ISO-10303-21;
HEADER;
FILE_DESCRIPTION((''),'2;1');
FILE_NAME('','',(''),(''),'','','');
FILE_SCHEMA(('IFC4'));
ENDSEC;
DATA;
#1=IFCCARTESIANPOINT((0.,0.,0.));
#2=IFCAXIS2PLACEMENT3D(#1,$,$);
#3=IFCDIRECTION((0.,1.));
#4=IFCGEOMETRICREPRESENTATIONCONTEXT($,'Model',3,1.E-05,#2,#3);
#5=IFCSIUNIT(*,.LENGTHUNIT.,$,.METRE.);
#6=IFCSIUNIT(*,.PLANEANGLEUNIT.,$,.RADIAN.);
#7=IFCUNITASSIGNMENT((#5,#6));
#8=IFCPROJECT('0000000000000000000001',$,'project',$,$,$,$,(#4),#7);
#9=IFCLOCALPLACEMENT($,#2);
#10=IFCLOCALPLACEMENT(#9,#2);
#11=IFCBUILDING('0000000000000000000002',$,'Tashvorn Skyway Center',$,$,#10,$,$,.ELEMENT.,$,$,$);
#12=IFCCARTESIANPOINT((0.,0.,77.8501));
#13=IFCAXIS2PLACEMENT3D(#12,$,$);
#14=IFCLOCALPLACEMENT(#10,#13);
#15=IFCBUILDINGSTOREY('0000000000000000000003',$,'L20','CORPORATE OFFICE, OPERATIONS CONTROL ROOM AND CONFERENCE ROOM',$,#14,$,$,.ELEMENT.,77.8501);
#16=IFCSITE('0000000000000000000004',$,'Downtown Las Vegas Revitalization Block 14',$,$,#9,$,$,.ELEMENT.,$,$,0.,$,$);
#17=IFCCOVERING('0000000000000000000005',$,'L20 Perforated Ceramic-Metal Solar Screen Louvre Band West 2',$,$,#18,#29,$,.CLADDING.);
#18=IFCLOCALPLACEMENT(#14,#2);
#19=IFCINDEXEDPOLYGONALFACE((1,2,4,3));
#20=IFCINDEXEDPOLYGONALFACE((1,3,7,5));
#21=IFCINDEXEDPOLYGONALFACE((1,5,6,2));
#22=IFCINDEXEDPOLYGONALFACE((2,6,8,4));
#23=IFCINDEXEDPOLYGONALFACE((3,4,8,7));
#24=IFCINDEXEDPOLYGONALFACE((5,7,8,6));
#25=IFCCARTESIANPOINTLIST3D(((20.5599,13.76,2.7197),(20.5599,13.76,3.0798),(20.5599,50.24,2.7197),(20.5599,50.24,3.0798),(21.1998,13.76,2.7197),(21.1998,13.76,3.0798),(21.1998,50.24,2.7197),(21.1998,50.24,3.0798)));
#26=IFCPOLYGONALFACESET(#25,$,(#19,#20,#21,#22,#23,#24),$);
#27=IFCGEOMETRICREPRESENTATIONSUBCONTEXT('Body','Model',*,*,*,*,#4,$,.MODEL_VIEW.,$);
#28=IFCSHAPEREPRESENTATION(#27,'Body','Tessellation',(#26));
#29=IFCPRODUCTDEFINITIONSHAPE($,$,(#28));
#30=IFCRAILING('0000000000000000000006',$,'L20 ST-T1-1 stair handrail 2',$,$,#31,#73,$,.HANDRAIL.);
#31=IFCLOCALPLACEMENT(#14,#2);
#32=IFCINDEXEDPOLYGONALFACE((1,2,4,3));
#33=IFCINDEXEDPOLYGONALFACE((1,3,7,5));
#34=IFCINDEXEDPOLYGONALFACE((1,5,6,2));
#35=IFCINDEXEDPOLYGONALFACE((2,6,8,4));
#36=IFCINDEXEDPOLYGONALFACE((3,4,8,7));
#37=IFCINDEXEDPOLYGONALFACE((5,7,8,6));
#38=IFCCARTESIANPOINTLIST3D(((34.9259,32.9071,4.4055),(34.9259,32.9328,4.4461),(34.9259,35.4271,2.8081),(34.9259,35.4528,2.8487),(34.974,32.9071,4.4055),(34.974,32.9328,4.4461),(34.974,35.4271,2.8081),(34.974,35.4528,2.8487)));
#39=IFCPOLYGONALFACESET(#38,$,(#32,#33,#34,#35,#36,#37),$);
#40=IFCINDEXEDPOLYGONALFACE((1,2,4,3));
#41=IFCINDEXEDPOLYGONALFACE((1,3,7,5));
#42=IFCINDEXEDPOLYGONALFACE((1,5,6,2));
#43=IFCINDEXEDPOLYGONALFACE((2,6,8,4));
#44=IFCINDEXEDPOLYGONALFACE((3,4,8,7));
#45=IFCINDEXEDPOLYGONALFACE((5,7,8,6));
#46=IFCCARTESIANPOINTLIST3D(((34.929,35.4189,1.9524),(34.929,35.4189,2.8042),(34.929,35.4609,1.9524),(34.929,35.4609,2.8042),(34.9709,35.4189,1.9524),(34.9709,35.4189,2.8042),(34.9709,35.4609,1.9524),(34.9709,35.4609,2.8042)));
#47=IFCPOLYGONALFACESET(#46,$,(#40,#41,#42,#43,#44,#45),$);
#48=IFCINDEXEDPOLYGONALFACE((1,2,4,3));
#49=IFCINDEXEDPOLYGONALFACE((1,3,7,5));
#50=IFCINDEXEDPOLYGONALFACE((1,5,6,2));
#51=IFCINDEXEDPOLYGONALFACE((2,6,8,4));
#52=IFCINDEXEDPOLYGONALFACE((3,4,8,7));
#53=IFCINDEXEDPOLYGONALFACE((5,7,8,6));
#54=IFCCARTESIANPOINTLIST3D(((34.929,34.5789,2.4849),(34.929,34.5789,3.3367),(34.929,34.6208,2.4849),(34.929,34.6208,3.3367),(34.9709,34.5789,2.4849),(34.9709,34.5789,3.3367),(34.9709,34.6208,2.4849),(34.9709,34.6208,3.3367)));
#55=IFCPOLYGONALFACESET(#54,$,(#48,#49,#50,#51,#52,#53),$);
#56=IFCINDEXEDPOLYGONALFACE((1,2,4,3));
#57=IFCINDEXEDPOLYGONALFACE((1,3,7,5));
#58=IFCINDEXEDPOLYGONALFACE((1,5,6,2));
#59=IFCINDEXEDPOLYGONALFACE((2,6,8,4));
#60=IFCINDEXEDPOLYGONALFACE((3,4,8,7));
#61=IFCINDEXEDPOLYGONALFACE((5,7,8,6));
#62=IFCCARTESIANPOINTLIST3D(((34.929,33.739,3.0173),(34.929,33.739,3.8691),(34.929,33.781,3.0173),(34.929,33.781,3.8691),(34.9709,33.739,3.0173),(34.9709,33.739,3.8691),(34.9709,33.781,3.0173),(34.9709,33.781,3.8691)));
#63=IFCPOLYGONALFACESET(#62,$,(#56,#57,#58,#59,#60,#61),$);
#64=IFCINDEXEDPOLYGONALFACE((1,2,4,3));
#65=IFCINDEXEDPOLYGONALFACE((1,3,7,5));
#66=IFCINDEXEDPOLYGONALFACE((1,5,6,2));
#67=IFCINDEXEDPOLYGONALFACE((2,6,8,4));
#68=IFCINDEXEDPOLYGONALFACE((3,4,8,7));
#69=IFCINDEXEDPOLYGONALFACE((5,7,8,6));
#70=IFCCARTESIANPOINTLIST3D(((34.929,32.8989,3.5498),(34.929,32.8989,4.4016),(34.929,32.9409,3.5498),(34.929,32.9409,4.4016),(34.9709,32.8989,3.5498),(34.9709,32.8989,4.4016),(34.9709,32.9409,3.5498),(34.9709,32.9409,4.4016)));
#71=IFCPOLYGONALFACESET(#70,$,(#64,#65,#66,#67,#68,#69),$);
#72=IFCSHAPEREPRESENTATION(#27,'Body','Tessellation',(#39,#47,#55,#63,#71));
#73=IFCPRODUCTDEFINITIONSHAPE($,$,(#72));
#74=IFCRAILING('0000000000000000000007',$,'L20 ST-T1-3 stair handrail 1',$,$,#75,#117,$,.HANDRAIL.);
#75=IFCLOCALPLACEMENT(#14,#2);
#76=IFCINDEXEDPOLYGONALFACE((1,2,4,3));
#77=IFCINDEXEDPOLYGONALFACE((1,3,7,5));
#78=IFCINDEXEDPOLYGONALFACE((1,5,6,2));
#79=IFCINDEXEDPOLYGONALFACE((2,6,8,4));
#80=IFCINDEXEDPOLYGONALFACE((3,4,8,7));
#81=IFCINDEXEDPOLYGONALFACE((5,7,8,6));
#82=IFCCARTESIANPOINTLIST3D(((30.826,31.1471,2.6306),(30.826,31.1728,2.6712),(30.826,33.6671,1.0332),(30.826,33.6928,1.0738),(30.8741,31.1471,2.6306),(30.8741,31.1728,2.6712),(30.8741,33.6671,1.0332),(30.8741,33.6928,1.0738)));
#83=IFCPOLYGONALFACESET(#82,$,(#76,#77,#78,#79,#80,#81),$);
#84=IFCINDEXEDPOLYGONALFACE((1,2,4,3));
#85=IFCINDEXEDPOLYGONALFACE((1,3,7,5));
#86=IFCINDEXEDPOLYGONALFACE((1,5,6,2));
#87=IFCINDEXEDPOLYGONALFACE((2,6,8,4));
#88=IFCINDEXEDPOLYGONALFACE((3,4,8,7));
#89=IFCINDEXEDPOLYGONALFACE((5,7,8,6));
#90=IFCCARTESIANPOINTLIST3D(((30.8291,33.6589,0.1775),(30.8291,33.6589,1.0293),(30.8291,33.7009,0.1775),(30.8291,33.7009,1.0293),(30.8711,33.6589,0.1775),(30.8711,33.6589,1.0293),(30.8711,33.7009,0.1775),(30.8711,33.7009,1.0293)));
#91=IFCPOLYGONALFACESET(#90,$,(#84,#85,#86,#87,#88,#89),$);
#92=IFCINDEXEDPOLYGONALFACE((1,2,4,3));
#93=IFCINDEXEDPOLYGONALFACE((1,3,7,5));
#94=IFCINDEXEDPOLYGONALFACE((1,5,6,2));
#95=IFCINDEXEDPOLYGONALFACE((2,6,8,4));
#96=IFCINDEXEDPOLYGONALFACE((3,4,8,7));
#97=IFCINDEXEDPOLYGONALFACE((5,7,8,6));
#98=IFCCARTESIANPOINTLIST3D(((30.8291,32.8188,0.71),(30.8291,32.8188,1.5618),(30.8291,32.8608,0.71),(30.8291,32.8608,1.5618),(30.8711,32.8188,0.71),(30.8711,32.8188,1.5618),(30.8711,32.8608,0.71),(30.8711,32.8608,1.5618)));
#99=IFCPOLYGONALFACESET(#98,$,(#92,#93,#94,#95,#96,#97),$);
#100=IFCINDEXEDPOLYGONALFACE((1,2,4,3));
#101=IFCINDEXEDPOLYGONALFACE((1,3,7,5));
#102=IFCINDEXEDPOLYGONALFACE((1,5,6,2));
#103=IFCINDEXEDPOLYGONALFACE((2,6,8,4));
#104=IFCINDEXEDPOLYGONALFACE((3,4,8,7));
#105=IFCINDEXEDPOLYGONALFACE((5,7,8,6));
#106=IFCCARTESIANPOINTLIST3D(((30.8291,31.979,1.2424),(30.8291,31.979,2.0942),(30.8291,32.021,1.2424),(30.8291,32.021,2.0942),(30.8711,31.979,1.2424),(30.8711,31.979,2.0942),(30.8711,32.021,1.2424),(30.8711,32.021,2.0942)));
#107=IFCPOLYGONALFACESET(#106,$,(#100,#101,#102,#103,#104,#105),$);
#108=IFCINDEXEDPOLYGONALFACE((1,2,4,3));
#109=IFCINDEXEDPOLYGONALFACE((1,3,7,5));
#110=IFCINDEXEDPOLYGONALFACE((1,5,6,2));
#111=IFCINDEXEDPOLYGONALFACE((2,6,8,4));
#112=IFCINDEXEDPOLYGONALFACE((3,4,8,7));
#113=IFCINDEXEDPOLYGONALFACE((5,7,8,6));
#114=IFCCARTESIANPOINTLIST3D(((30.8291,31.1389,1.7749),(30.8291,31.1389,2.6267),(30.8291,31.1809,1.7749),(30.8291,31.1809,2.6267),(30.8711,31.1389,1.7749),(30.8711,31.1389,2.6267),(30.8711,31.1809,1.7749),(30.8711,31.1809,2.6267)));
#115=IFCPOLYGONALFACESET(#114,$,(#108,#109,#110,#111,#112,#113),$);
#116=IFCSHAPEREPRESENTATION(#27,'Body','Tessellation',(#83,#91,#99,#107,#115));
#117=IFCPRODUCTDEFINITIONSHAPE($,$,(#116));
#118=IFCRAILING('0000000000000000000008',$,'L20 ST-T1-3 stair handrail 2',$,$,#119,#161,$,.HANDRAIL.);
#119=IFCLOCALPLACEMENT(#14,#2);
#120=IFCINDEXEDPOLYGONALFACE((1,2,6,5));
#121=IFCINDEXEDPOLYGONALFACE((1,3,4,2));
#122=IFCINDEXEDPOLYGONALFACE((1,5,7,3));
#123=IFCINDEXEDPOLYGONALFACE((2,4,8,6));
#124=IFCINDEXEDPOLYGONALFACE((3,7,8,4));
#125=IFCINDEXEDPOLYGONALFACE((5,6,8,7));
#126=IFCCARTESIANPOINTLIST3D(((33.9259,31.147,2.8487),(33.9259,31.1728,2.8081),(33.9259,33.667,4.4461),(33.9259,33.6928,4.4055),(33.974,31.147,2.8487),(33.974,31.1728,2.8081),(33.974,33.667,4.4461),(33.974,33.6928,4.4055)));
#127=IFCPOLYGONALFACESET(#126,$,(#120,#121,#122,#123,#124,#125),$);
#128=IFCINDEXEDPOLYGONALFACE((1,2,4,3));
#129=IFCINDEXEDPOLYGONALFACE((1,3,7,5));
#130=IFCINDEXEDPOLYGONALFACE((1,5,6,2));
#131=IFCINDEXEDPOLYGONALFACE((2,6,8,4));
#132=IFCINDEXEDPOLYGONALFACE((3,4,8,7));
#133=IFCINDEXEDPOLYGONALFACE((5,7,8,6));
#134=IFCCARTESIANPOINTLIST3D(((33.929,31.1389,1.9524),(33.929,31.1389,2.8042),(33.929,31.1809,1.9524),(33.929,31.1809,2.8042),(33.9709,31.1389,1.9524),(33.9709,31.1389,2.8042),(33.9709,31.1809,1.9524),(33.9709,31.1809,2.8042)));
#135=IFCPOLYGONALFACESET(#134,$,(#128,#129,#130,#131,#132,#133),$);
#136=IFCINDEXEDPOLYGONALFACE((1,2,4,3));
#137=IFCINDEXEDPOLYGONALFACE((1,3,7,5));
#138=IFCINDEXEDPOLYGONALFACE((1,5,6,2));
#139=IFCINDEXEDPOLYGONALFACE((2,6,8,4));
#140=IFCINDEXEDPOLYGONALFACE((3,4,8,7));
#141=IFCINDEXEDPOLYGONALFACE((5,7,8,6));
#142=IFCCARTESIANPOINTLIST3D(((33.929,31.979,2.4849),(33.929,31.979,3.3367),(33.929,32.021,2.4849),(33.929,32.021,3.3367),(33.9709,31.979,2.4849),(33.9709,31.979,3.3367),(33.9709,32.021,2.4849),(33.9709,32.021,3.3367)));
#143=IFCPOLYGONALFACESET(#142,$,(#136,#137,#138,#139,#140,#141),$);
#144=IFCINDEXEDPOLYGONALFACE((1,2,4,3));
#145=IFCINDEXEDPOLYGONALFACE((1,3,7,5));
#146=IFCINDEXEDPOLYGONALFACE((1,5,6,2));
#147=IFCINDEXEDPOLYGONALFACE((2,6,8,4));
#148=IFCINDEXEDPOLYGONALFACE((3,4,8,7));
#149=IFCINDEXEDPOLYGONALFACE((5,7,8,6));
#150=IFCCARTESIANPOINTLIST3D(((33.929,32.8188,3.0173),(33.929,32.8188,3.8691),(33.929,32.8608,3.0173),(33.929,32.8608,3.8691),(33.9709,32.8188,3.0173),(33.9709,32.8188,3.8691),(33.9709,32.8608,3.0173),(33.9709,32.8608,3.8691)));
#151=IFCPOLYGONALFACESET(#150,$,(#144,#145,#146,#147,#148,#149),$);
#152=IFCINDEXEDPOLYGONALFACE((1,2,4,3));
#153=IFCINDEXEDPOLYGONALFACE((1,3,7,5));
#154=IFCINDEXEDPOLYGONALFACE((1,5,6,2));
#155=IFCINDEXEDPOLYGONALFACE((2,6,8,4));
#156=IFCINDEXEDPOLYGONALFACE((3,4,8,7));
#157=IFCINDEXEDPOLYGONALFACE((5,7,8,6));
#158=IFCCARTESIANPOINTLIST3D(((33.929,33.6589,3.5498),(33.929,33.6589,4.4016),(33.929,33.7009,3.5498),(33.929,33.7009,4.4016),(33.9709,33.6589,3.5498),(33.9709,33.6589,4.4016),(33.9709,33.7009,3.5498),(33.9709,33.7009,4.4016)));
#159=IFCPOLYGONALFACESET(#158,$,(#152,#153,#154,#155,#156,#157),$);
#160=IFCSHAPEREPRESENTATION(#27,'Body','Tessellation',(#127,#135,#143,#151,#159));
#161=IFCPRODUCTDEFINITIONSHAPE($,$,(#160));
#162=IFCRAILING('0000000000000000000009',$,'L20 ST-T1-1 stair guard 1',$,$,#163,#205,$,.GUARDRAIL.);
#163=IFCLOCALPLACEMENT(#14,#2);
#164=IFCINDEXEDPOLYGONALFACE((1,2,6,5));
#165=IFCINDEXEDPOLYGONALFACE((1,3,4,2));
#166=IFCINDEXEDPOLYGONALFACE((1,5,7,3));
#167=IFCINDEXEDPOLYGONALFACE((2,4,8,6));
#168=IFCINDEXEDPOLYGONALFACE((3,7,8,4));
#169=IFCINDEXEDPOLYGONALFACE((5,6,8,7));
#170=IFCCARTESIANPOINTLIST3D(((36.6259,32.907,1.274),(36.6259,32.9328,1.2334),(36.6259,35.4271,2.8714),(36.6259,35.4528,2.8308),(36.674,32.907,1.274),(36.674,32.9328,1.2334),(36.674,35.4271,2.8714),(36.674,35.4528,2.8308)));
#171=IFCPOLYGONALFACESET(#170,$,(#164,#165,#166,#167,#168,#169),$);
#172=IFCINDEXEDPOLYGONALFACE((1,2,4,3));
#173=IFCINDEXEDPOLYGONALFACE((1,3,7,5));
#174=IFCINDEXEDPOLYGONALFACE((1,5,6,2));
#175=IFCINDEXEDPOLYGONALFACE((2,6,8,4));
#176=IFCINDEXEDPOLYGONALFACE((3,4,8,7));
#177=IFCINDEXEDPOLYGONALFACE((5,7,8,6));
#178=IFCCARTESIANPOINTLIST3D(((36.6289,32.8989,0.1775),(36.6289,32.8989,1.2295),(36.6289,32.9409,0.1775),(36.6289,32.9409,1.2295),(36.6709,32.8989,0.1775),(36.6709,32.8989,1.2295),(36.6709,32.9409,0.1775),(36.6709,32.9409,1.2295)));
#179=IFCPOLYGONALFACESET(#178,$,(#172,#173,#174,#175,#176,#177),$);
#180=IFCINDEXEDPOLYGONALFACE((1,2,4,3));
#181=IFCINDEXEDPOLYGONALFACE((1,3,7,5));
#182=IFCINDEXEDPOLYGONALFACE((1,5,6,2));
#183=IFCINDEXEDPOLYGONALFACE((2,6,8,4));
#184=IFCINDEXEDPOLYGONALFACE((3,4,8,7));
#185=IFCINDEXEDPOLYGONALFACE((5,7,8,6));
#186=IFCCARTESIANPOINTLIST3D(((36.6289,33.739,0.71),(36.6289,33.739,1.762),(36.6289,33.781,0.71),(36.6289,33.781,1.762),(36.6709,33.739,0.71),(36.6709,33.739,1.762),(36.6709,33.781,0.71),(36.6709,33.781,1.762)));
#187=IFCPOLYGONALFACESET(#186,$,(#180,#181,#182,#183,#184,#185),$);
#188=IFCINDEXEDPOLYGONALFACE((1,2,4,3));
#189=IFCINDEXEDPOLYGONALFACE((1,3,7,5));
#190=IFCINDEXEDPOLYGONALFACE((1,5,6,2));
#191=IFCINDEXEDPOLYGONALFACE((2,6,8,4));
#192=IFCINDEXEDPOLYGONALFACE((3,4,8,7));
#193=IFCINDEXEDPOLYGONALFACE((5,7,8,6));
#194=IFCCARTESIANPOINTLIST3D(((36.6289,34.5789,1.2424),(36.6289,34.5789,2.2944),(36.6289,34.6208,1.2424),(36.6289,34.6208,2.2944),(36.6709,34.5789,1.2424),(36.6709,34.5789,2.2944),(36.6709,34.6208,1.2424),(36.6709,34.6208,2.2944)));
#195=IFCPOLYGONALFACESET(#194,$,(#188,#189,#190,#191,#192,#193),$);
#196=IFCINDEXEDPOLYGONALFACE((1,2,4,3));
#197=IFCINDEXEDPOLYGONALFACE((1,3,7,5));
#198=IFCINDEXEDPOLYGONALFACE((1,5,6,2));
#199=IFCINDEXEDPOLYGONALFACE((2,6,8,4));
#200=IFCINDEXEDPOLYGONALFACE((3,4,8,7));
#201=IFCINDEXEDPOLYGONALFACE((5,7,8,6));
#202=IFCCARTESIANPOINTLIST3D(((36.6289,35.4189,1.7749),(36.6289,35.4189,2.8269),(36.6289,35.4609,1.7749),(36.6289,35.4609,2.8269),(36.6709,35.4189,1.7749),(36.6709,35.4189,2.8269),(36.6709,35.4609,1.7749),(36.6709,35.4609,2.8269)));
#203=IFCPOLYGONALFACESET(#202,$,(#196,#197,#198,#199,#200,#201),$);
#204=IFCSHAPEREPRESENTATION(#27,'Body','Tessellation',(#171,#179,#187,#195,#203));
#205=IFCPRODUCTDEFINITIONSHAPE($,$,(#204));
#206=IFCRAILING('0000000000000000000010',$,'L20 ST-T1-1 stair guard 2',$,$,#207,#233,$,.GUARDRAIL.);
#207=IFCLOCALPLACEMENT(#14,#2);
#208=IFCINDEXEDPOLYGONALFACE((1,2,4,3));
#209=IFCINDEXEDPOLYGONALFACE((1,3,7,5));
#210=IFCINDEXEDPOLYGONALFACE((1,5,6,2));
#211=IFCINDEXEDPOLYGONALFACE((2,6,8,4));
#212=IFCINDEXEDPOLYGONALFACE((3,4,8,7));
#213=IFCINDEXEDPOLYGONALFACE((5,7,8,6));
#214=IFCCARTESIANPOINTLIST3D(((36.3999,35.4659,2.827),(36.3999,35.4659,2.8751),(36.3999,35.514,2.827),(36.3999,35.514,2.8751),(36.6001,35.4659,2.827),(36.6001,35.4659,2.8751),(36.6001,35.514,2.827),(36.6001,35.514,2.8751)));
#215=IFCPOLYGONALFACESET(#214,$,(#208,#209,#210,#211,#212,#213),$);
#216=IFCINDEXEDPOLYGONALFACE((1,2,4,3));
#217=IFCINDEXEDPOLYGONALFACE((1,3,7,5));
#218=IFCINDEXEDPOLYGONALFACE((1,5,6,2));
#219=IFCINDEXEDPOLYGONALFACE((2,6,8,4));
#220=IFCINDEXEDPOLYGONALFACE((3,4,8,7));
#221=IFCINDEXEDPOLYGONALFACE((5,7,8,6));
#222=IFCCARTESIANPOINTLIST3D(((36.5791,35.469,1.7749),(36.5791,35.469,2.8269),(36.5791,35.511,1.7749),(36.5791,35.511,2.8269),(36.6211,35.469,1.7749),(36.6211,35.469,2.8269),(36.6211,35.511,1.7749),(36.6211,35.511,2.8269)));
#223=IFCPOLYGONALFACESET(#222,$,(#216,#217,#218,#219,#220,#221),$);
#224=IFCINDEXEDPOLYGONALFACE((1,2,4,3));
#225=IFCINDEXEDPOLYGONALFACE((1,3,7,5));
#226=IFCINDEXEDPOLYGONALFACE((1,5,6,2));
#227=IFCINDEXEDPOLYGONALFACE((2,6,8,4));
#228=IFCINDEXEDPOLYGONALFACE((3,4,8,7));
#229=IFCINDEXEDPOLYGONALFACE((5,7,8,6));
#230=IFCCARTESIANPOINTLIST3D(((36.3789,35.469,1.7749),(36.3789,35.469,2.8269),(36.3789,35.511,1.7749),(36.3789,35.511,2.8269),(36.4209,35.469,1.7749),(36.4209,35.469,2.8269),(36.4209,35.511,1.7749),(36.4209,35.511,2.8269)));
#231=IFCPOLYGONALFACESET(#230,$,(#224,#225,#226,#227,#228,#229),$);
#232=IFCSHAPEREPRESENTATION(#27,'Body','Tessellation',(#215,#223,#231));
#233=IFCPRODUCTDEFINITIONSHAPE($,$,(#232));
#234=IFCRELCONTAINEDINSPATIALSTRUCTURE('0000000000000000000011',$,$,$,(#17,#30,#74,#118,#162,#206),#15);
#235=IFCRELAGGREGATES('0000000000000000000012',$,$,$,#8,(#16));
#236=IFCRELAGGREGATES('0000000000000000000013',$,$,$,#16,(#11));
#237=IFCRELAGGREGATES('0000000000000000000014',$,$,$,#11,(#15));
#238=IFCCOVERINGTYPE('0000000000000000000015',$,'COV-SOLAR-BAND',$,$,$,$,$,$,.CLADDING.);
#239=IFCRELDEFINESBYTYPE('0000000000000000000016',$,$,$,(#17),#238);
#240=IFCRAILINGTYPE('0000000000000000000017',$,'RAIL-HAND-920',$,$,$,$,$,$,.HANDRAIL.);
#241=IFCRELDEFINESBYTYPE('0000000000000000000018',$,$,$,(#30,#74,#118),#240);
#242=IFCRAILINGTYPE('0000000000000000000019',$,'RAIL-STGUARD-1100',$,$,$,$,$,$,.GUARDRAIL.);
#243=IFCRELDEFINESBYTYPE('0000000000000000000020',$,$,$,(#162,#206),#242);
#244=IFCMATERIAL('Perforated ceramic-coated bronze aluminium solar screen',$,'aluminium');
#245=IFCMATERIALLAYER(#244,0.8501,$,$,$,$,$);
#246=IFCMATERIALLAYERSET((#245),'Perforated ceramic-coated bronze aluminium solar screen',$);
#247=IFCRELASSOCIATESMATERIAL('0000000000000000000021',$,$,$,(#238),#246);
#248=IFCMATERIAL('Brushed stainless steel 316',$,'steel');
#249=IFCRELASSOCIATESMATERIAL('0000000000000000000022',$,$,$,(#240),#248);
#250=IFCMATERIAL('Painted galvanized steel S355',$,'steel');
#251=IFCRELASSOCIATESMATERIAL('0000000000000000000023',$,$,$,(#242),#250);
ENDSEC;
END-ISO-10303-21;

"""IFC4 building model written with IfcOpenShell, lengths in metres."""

from ifc_helpers import new_model, si_unit, direction, frame, origin, origin_2d, place, context, subcontext, project, spatial, rectangle, extrude, material, layer, layer_set, type_object, element, save


model = new_model("IFC4")

# Units and contexts
model_context = context("Model", 3, precision=1e-05, world=origin(), true_north=direction((0.0, 1.0)))
body_context = subcontext(model_context, "Body", "Model", "MODEL_VIEW")
ifc_project = project(units=[si_unit("LENGTHUNIT", "METRE"), si_unit("PLANEANGLEUNIT", "RADIAN")], contexts=[model_context])

# Site, building, storey
site_placement = place(None, origin())
site = spatial("IfcSite", under=ifc_project, at=site_placement, Name="Downtown Las Vegas Revitalization Block 14", CompositionType="ELEMENT", RefElevation=0.0)
building_placement = place(site_placement, origin())
building = spatial("IfcBuilding", under=site, at=building_placement, Name="Tashvorn Skyway Center", CompositionType="ELEMENT")
storey_placement = place(building_placement, frame((0.0, 0.0, 77.8501)))
storey = spatial("IfcBuildingStorey", under=building, at=storey_placement, Name="L20", Description="CORPORATE OFFICE, OPERATIONS CONTROL ROOM AND CONFERENCE ROOM", CompositionType="ELEMENT", Elevation=77.8501)

# Covering
ifc_material_1 = material(Name="Perforated ceramic-coated bronze aluminium solar screen", Category="aluminium")
ifc_layer_1 = layer(ifc_material_1, 0.8501)
ifc_layer_set_1 = layer_set([ifc_layer_1], Name="Perforated ceramic-coated bronze aluminium solar screen")
covering_type = type_object("IfcCoveringType", Name="COV-SOLAR-BAND", PredefinedType="CLADDING", material=ifc_layer_set_1)
for number, where, z_axis, x_axis, name in (
    (1, (20.8799, 32.0, 2.7197), (0.0, 0.0, 1.0), (0.0, 1.0, 0.0), "L20 Perforated Ceramic-Metal Solar Screen Louvre Band West 2"),
):
    element("IfcCovering", number, at=place(storey_placement, frame(where, z_axis=z_axis, x_axis=x_axis)), inside=storey, type_object=covering_type, Name=name, PredefinedType="CLADDING", context=body_context, shape_type="SweptSolid", body=[
        extrude(rectangle(XDim=36.48, YDim=0.6399, at=origin_2d()), origin(), (0.0, 0.0, 1.0), 0.3601),
    ])

# Railings
ifc_material_2 = material(Name="Brushed stainless steel 316", Category="steel")
railing_type_1 = type_object("IfcRailingType", Name="RAIL-HAND-920", PredefinedType="HANDRAIL", material=ifc_material_2)
for number, where, name in (
    (2, (34.95, 35.4399, 1.9524), "L20 ST-T1-1 stair handrail 2"),
    (3, (30.8501, 33.6799, 0.1775), "L20 ST-T1-3 stair handrail 1"),
):
    element("IfcRailing", number, at=place(storey_placement, frame(where)), inside=storey, type_object=railing_type_1, Name=name, PredefinedType="HANDRAIL", context=body_context, shape_type="SweptSolid", body=[
        extrude(rectangle(XDim=0.0481, YDim=0.0481, at=origin_2d()), frame((0.0, 0.0, 0.876), z_axis=(0.0, -0.844607, 0.535387), x_axis=(1.0, 0.0, 0.0)), (0.0, 0.0, 1.0), 2.9836),
        extrude(rectangle(XDim=0.042, YDim=0.042, at=origin_2d()), origin(), (0.0, 0.0, 1.0), 0.8518),
        extrude(rectangle(XDim=0.042, YDim=0.042, at=origin_2d()), frame((0.0, -0.8401, 0.5325)), (0.0, 0.0, 1.0), 0.8518),
        extrude(rectangle(XDim=0.042, YDim=0.042, at=origin_2d()), frame((0.0, -1.6799, 1.0649)), (0.0, 0.0, 1.0), 0.8518),
        extrude(rectangle(XDim=0.042, YDim=0.042, at=origin_2d()), frame((0.0, -2.52, 1.5974)), (0.0, 0.0, 1.0), 0.8518),
    ])
railing_1_placement = place(storey_placement, frame((33.95, 31.1599, 1.9524)))
element("IfcRailing", 4, at=railing_1_placement, inside=storey, type_object=railing_type_1, Name="L20 ST-T1-3 stair handrail 2", PredefinedType="HANDRAIL", context=body_context, shape_type="SweptSolid", body=[
    extrude(rectangle(XDim=0.0481, YDim=0.0481, at=origin_2d()), frame((0.0, 0.0, 0.876), z_axis=(0.0, 0.844607, 0.535387), x_axis=(-1.0, 0.0, 0.0)), (0.0, 0.0, 1.0), 2.9836),
    extrude(rectangle(XDim=0.042, YDim=0.042, at=origin_2d()), origin(), (0.0, 0.0, 1.0), 0.8518),
    extrude(rectangle(XDim=0.042, YDim=0.042, at=origin_2d()), frame((0.0, 0.8401, 0.5325)), (0.0, 0.0, 1.0), 0.8518),
    extrude(rectangle(XDim=0.042, YDim=0.042, at=origin_2d()), frame((0.0, 1.6799, 1.0649)), (0.0, 0.0, 1.0), 0.8518),
    extrude(rectangle(XDim=0.042, YDim=0.042, at=origin_2d()), frame((0.0, 2.52, 1.5974)), (0.0, 0.0, 1.0), 0.8518),
])
ifc_material_3 = material(Name="Painted galvanized steel S355", Category="steel")
railing_type_2 = type_object("IfcRailingType", Name="RAIL-STGUARD-1100", PredefinedType="GUARDRAIL", material=ifc_material_3)
railing_2_placement = place(storey_placement, frame((36.6499, 32.9199, 0.1775)))
element("IfcRailing", 5, at=railing_2_placement, inside=storey, type_object=railing_type_2, Name="L20 ST-T1-1 stair guard 1", PredefinedType="GUARDRAIL", context=body_context, shape_type="SweptSolid", body=[
    extrude(rectangle(XDim=0.0481, YDim=0.0481, at=origin_2d()), frame((0.0, 0.0, 1.0762), z_axis=(0.0, 0.844607, 0.535387), x_axis=(-1.0, 0.0, 0.0)), (0.0, 0.0, 1.0), 2.9836),
    extrude(rectangle(XDim=0.042, YDim=0.042, at=origin_2d()), origin(), (0.0, 0.0, 1.0), 1.052),
    extrude(rectangle(XDim=0.042, YDim=0.042, at=origin_2d()), frame((0.0, 0.8401, 0.5325)), (0.0, 0.0, 1.0), 1.052),
    extrude(rectangle(XDim=0.042, YDim=0.042, at=origin_2d()), frame((0.0, 1.6799, 1.0649)), (0.0, 0.0, 1.0), 1.052),
    extrude(rectangle(XDim=0.042, YDim=0.042, at=origin_2d()), frame((0.0, 2.52, 1.5974)), (0.0, 0.0, 1.0), 1.052),
])
railing_3_placement = place(storey_placement, frame((36.6001, 35.49, 1.7749)))
element("IfcRailing", 6, at=railing_3_placement, inside=storey, type_object=railing_type_2, Name="L20 ST-T1-1 stair guard 2", PredefinedType="GUARDRAIL", context=body_context, shape_type="SweptSolid", body=[
    extrude(rectangle(XDim=0.0481, YDim=0.0481, at=origin_2d()), frame((0.0, 0.0, 1.0762), z_axis=(-1.0, 0.0, 0.0), x_axis=(0.0, -1.0, 0.0)), (0.0, 0.0, 1.0), 0.2002),
    extrude(rectangle(XDim=0.042, YDim=0.042, at=origin_2d()), origin(), (0.0, 0.0, 1.0), 1.052),
    extrude(rectangle(XDim=0.042, YDim=0.042, at=origin_2d()), frame((-0.2002, 0.0, 0.0)), (0.0, 0.0, 1.0), 1.052),
])

save(model, "model.ifc")
